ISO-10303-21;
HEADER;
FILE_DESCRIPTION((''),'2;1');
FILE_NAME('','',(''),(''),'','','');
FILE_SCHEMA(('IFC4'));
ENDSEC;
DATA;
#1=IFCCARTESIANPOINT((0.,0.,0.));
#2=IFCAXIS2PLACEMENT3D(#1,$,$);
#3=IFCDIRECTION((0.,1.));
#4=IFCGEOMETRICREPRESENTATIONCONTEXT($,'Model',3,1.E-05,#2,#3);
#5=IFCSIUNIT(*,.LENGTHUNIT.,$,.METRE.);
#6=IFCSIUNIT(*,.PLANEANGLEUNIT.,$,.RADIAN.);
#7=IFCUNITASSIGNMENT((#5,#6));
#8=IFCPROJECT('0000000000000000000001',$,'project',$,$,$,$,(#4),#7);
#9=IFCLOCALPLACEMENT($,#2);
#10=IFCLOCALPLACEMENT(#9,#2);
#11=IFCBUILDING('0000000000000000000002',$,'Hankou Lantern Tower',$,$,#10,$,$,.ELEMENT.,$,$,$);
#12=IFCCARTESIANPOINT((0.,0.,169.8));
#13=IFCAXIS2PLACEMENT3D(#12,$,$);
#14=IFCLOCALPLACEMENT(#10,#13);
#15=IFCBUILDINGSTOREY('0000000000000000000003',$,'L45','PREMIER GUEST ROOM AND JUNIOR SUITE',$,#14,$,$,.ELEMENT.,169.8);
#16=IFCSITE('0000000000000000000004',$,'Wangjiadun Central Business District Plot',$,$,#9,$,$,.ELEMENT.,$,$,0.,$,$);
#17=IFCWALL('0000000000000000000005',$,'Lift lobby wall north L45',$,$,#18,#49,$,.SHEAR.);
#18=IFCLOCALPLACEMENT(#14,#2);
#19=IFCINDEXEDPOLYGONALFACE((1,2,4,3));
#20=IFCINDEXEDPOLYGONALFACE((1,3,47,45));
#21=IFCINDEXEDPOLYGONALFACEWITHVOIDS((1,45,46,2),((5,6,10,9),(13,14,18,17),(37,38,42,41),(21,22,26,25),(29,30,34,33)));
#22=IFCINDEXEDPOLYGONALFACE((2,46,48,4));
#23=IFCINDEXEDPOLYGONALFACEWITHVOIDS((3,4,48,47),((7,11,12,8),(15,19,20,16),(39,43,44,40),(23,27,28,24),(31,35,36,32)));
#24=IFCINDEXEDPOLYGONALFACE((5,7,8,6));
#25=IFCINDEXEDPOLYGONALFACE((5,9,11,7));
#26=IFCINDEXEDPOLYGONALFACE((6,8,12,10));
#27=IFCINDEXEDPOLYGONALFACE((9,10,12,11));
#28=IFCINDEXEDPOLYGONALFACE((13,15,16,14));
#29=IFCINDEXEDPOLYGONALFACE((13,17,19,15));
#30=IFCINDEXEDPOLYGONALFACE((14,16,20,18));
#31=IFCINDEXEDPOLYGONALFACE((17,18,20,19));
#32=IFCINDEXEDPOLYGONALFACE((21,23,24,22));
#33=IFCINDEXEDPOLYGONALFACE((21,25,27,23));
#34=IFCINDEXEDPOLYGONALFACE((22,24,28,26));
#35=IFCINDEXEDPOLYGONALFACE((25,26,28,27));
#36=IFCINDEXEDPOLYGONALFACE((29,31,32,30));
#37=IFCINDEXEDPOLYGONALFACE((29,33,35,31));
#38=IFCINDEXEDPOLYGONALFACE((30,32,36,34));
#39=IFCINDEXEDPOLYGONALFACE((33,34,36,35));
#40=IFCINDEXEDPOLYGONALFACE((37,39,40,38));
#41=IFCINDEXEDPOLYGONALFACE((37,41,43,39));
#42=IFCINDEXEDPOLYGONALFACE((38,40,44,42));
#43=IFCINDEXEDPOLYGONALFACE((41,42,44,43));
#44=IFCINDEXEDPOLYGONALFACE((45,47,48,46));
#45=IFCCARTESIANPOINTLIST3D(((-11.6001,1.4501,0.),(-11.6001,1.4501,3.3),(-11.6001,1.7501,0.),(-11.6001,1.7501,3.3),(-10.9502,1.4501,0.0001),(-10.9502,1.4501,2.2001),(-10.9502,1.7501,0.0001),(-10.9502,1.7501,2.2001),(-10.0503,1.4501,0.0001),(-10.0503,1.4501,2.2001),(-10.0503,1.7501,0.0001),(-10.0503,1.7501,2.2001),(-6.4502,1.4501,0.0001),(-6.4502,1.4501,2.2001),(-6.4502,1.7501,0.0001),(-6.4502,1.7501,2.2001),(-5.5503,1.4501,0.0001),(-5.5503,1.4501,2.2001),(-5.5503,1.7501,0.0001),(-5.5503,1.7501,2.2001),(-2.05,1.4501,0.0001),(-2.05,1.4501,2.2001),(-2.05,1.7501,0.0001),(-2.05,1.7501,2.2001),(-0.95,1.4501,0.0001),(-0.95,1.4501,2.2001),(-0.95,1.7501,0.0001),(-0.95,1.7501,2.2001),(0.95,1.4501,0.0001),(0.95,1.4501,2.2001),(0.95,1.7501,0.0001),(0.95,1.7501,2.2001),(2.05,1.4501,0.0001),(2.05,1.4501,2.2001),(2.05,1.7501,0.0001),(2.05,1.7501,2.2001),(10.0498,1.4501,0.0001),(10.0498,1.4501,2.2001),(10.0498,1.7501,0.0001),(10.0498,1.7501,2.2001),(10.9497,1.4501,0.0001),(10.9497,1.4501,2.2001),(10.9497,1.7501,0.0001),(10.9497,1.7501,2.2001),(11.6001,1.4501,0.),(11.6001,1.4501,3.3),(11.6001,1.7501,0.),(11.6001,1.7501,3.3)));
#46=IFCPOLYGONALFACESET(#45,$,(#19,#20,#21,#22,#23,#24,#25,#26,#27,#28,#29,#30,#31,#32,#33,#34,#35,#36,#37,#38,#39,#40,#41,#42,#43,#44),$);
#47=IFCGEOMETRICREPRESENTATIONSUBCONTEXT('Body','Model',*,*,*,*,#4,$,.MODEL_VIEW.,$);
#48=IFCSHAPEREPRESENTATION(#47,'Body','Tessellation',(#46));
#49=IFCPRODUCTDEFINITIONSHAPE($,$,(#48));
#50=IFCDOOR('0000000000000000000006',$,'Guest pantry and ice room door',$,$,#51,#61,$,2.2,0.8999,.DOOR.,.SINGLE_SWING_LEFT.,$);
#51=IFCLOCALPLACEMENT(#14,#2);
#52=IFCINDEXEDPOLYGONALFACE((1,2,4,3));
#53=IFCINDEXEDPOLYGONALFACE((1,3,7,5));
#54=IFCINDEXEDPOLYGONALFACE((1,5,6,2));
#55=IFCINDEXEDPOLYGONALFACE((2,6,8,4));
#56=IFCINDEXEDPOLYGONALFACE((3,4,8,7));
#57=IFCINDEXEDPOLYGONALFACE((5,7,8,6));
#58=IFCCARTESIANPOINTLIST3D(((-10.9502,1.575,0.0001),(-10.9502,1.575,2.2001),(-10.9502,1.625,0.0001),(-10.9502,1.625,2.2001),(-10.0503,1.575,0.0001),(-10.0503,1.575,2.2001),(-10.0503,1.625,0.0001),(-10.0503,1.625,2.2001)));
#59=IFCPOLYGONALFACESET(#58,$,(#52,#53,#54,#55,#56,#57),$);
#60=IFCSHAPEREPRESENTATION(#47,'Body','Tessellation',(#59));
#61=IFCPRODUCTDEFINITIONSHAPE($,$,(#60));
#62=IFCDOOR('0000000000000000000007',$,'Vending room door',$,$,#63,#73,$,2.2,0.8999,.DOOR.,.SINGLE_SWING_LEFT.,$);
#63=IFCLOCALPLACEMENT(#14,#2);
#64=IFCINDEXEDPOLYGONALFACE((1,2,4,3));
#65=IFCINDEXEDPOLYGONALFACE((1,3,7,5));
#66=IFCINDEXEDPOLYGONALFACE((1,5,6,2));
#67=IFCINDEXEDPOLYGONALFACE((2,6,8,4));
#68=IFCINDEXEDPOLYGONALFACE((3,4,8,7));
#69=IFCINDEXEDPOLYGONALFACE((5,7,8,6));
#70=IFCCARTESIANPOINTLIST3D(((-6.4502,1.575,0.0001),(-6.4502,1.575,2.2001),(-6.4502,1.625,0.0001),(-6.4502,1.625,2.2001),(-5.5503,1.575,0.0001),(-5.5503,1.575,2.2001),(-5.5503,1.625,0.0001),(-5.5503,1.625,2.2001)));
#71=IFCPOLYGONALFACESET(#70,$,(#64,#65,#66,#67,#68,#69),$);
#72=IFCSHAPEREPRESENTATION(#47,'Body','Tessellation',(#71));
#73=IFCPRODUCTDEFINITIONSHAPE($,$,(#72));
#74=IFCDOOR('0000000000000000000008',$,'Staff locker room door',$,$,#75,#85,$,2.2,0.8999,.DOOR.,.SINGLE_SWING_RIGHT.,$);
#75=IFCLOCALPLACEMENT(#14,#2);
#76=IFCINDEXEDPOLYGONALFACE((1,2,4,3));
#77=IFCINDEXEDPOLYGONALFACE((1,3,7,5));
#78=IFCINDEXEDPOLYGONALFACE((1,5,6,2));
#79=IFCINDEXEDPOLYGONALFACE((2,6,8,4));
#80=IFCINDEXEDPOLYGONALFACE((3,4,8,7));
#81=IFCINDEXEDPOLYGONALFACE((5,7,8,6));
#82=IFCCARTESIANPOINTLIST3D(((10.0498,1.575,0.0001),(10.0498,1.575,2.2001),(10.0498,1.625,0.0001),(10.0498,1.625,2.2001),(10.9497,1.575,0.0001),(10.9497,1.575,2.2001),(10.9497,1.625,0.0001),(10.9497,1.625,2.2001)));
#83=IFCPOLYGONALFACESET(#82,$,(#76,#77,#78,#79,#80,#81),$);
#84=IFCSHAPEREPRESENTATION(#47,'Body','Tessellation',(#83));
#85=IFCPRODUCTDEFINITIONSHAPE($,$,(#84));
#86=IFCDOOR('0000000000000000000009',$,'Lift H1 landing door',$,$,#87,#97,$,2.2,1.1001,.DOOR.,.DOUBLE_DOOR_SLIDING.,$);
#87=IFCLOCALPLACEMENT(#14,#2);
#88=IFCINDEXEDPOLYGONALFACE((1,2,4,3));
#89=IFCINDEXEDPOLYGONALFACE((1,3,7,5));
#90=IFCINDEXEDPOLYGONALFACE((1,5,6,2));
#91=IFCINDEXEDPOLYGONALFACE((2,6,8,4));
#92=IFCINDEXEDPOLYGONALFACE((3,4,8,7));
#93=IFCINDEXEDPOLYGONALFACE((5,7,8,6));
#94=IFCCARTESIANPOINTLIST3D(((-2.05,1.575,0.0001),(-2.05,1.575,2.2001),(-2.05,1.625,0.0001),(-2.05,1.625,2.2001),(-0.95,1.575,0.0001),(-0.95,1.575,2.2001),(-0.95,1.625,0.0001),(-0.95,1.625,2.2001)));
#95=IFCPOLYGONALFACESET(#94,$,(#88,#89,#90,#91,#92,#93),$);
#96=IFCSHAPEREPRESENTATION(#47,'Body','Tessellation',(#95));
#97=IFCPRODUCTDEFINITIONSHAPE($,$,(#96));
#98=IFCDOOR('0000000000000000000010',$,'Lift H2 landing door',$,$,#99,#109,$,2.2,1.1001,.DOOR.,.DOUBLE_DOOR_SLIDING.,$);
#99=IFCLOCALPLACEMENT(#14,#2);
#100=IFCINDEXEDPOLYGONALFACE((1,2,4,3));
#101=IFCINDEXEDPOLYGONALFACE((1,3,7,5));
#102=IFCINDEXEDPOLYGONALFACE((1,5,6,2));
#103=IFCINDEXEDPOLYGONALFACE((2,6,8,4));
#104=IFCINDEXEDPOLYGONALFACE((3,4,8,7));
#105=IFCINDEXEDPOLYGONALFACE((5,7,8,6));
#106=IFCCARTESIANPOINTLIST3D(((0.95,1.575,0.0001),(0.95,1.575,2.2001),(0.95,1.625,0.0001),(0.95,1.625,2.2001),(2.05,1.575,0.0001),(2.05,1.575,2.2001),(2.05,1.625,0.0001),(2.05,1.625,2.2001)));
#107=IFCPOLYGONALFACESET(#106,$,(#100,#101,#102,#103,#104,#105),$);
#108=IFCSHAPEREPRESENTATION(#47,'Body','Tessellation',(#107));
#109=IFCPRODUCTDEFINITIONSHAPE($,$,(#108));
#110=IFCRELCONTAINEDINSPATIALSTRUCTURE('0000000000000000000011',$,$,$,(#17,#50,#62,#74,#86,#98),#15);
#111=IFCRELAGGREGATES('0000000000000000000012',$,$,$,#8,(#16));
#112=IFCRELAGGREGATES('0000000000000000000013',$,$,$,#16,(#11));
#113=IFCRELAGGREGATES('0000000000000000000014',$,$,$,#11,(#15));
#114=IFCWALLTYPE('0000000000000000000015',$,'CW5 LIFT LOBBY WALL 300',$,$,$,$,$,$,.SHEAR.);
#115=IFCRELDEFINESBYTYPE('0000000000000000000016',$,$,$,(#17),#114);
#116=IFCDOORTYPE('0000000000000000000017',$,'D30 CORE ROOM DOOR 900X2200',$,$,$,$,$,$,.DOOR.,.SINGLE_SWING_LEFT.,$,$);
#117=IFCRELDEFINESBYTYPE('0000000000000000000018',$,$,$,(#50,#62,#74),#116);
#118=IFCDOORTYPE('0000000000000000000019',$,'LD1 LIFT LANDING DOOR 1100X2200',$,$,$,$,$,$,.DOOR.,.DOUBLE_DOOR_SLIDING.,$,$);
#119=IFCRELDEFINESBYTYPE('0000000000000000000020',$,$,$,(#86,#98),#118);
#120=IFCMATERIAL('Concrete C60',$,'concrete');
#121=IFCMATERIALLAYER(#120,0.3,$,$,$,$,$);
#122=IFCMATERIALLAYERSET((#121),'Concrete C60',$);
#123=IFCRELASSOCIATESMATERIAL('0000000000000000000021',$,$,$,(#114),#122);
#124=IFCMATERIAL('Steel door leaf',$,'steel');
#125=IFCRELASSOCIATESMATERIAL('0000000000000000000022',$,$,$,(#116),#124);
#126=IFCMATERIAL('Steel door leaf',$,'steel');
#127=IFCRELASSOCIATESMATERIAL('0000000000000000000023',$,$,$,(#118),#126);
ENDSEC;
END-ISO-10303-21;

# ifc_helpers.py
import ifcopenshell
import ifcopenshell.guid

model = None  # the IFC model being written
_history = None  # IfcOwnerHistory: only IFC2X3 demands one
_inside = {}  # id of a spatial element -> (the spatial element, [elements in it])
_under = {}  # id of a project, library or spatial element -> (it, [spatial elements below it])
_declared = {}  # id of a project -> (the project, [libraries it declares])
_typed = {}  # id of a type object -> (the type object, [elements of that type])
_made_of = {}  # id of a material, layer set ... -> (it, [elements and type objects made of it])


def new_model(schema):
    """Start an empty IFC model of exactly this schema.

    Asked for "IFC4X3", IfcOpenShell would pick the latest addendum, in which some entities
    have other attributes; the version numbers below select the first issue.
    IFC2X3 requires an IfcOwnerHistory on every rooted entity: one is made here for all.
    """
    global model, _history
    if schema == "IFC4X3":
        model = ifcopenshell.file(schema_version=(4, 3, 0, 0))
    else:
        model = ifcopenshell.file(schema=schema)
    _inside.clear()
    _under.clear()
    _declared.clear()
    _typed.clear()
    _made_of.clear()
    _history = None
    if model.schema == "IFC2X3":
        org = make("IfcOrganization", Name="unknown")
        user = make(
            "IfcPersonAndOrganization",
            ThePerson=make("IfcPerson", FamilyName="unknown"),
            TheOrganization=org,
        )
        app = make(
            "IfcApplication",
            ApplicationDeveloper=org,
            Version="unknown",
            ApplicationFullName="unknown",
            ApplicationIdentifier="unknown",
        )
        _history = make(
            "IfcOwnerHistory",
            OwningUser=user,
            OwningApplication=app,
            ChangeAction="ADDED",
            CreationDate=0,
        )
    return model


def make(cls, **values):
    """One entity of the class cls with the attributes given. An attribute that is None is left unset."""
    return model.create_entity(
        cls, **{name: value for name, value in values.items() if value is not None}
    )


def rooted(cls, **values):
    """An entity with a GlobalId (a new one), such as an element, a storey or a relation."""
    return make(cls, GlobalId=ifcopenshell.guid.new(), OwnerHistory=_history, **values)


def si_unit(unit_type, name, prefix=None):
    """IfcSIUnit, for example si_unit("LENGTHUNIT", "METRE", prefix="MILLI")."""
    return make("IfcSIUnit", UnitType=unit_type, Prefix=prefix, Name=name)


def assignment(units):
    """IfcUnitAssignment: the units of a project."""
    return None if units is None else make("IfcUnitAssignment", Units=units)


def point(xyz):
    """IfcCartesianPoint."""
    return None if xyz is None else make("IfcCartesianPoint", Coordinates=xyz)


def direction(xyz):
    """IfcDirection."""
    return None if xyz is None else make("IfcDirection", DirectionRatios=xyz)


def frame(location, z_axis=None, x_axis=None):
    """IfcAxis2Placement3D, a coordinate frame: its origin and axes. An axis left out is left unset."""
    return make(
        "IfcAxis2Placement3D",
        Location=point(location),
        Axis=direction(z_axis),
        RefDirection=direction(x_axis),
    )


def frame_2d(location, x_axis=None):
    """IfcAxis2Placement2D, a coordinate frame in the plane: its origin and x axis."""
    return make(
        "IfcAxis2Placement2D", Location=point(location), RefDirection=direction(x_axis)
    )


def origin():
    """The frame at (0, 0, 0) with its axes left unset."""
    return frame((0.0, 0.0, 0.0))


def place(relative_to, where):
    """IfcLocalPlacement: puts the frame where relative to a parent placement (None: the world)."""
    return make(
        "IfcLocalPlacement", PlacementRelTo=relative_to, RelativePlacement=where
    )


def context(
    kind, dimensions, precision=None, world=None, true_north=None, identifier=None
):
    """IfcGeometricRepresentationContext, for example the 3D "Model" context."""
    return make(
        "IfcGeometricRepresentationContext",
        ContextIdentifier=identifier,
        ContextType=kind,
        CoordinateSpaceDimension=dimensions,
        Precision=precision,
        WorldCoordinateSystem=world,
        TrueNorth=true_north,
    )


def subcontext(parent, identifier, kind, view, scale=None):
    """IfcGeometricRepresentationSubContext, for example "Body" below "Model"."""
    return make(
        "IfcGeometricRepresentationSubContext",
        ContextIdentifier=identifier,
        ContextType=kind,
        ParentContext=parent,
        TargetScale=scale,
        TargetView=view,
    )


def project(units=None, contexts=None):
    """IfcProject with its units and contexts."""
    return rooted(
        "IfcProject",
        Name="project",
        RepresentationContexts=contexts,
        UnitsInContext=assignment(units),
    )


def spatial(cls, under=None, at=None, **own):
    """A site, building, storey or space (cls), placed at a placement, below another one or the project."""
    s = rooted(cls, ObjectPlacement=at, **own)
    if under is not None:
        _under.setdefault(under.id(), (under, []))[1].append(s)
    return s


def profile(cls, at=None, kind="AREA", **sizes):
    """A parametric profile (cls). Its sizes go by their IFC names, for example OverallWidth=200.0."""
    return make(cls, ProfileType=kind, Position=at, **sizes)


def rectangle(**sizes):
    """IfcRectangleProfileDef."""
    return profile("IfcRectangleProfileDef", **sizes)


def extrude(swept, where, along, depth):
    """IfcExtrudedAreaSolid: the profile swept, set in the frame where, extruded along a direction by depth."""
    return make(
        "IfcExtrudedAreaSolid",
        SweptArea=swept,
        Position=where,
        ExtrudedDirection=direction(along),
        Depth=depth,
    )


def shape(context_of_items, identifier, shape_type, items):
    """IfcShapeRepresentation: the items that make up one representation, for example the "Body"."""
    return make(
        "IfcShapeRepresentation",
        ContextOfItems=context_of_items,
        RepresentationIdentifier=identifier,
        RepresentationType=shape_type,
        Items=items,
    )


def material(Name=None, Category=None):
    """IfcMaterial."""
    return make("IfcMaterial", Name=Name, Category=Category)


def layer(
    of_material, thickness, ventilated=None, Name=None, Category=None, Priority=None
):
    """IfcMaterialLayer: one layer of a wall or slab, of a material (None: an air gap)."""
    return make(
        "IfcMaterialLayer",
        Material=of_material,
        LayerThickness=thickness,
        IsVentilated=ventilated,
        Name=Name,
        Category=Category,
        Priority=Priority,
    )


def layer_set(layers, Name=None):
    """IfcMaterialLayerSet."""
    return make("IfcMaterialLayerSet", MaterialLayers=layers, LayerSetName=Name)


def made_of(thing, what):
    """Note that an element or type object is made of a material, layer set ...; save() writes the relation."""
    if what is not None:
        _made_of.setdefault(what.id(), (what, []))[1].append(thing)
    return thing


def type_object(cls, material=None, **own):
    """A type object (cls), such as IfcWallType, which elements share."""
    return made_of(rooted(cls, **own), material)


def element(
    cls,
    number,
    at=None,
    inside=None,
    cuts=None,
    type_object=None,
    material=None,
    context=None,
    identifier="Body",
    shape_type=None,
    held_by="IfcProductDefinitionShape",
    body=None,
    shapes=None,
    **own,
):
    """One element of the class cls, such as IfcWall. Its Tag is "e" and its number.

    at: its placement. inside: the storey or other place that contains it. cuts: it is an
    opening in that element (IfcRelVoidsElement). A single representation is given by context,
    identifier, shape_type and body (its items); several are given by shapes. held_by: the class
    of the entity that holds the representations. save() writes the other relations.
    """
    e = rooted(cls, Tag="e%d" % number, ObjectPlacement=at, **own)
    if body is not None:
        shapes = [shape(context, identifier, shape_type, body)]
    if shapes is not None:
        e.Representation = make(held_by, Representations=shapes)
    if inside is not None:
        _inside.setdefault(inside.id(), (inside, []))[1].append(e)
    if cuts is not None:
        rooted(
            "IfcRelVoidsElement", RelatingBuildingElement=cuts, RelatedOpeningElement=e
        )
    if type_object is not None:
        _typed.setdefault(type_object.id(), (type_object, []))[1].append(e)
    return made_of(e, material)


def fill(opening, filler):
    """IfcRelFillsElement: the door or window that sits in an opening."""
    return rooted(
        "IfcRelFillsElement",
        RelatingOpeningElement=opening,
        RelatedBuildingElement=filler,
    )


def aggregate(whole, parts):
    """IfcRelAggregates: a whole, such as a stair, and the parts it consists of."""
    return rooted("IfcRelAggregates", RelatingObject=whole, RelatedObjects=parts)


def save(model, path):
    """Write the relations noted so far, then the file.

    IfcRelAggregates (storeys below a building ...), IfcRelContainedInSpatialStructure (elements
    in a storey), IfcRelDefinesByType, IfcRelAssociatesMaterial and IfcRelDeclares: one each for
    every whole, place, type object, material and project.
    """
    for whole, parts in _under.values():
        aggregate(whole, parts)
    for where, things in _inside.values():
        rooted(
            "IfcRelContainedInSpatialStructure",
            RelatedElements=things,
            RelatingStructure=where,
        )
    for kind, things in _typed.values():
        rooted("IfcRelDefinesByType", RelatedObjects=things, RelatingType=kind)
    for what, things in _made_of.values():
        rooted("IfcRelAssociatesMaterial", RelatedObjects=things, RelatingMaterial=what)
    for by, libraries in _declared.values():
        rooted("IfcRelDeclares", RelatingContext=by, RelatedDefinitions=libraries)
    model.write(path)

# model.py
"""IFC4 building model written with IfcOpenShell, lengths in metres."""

from ifc_helpers import new_model, si_unit, direction, frame, frame_2d, origin, place, context, subcontext, project, spatial, rectangle, extrude, material, layer, layer_set, type_object, element, fill, save


model = new_model("IFC4")

# Units and contexts
model_context = context("Model", 3, precision=1e-05, world=origin(), true_north=direction((0.0, 1.0)))
body_context = subcontext(model_context, "Body", "Model", "MODEL_VIEW")
ifc_project = project(units=[si_unit("LENGTHUNIT", "METRE"), si_unit("PLANEANGLEUNIT", "RADIAN")], contexts=[model_context])

# Site, building, storey
site_placement = place(None, origin())
site = spatial("IfcSite", under=ifc_project, at=site_placement, Name="Wangjiadun Central Business District Plot", CompositionType="ELEMENT", RefElevation=0.0)
building_placement = place(site_placement, origin())
building = spatial("IfcBuilding", under=site, at=building_placement, Name="Hankou Lantern Tower", CompositionType="ELEMENT")
storey_placement = place(building_placement, frame((0.0, 0.0, 169.8)))
storey = spatial("IfcBuildingStorey", under=building, at=storey_placement, Name="L45", Description="PREMIER GUEST ROOM AND JUNIOR SUITE", CompositionType="ELEMENT", Elevation=169.8)

# Wall, openings, doors
ifc_material_1 = material(Name="Concrete C60", Category="concrete")
ifc_layer_1 = layer(ifc_material_1, 0.3)
ifc_layer_set_1 = layer_set([ifc_layer_1], Name="Concrete C60")
wall_type_1 = type_object("IfcWallType", Name="CW5 LIFT LOBBY WALL 300", PredefinedType="SHEAR", material=ifc_layer_set_1)
wall_1_placement = place(storey_placement, frame((-11.6001, 1.6001, 0.0), z_axis=(0.0, 0.0, 1.0), x_axis=(1.0, 0.0, 0.0)))
wall_1 = element("IfcWall", 1, at=wall_1_placement, inside=storey, type_object=wall_type_1, Name="Lift lobby wall north L45", PredefinedType="SHEAR", context=body_context, shape_type="SweptSolid", body=[
    extrude(rectangle(XDim=23.2002, YDim=0.3, at=frame_2d((11.6001, 0.0))), origin(), (0.0, 0.0, 1.0), 3.3),
])
opening_1_placement = place(wall_1_placement, frame((9.55, 0.0, 0.0)))
opening_1 = element("IfcOpeningElement", 2, at=opening_1_placement, cuts=wall_1, PredefinedType="OPENING", context=body_context, shape_type="SweptSolid", body=[
    extrude(rectangle(XDim=1.1001, YDim=2.2, at=frame_2d((0.55, 1.1001))), frame((0.0, 0.1599, 0.0), z_axis=(0.0, -1.0, 0.0), x_axis=(1.0, 0.0, 0.0)), (0.0, 0.0, 1.0), 0.3201),
])
opening_2_placement = place(wall_1_placement, frame((12.55, 0.0, 0.0)))
opening_2 = element("IfcOpeningElement", 3, at=opening_2_placement, cuts=wall_1, PredefinedType="OPENING", context=body_context, shape_type="SweptSolid", body=[
    extrude(rectangle(XDim=1.1001, YDim=2.2, at=frame_2d((0.55, 1.1001))), frame((0.0, 0.1599, 0.0), z_axis=(0.0, -1.0, 0.0), x_axis=(1.0, 0.0, 0.0)), (0.0, 0.0, 1.0), 0.3201),
])
opening_3_placement = place(wall_1_placement, frame((0.6499, 0.0, 0.0)))
opening_3 = element("IfcOpeningElement", 4, at=opening_3_placement, cuts=wall_1, PredefinedType="OPENING", context=body_context, shape_type="SweptSolid", body=[
    extrude(rectangle(XDim=0.8999, YDim=2.2, at=frame_2d((0.45, 1.1001))), frame((0.0, 0.1599, 0.0), z_axis=(0.0, -1.0, 0.0), x_axis=(1.0, 0.0, 0.0)), (0.0, 0.0, 1.0), 0.3201),
])
opening_4_placement = place(wall_1_placement, frame((5.1499, 0.0, 0.0)))
opening_4 = element("IfcOpeningElement", 5, at=opening_4_placement, cuts=wall_1, PredefinedType="OPENING", context=body_context, shape_type="SweptSolid", body=[
    extrude(rectangle(XDim=0.8999, YDim=2.2, at=frame_2d((0.45, 1.1001))), frame((0.0, 0.1599, 0.0), z_axis=(0.0, -1.0, 0.0), x_axis=(1.0, 0.0, 0.0)), (0.0, 0.0, 1.0), 0.3201),
])
opening_5_placement = place(wall_1_placement, frame((21.6499, 0.0, 0.0)))
opening_5 = element("IfcOpeningElement", 6, at=opening_5_placement, cuts=wall_1, PredefinedType="OPENING", context=body_context, shape_type="SweptSolid", body=[
    extrude(rectangle(XDim=0.8999, YDim=2.2, at=frame_2d((0.45, 1.1001))), frame((0.0, 0.1599, 0.0), z_axis=(0.0, -1.0, 0.0), x_axis=(1.0, 0.0, 0.0)), (0.0, 0.0, 1.0), 0.3201),
])
ifc_material_2 = material(Name="Steel door leaf", Category="steel")
door_type_1 = type_object("IfcDoorType", Name="D30 CORE ROOM DOOR 900X2200", OperationType="SINGLE_SWING_LEFT", PredefinedType="DOOR", material=ifc_material_2)
door_1_placement = place(opening_3_placement, origin())
door_1 = element("IfcDoor", 7, at=door_1_placement, inside=storey, type_object=door_type_1, Name="Guest pantry and ice room door", OperationType="SINGLE_SWING_LEFT", OverallHeight=2.2, OverallWidth=0.8999, PredefinedType="DOOR", context=body_context, shape_type="SweptSolid", body=[
    extrude(rectangle(XDim=0.8999, YDim=2.2, at=frame_2d((0.45, 1.1001))), frame((0.0, 0.0249, 0.0), z_axis=(0.0, -1.0, 0.0), x_axis=(1.0, 0.0, 0.0)), (0.0, 0.0, 1.0), 0.05),
])
fill(opening_3, door_1)
door_2_placement = place(opening_4_placement, origin())
door_2 = element("IfcDoor", 8, at=door_2_placement, inside=storey, type_object=door_type_1, Name="Vending room door", OperationType="SINGLE_SWING_LEFT", OverallHeight=2.2, OverallWidth=0.8999, PredefinedType="DOOR", context=body_context, shape_type="SweptSolid", body=[
    extrude(rectangle(XDim=0.8999, YDim=2.2, at=frame_2d((0.45, 1.1001))), frame((0.0, 0.0249, 0.0), z_axis=(0.0, -1.0, 0.0), x_axis=(1.0, 0.0, 0.0)), (0.0, 0.0, 1.0), 0.05),
])
fill(opening_4, door_2)
door_3_placement = place(opening_5_placement, origin())
door_3 = element("IfcDoor", 9, at=door_3_placement, inside=storey, type_object=door_type_1, Name="Staff locker room door", OperationType="SINGLE_SWING_RIGHT", OverallHeight=2.2, OverallWidth=0.8999, PredefinedType="DOOR", context=body_context, shape_type="SweptSolid", body=[
    extrude(rectangle(XDim=0.8999, YDim=2.2, at=frame_2d((0.45, 1.1001))), frame((0.0, 0.0249, 0.0), z_axis=(0.0, -1.0, 0.0), x_axis=(1.0, 0.0, 0.0)), (0.0, 0.0, 1.0), 0.05),
])
fill(opening_5, door_3)
ifc_material_3 = material(Name="Steel door leaf", Category="steel")
door_type_2 = type_object("IfcDoorType", Name="LD1 LIFT LANDING DOOR 1100X2200", OperationType="DOUBLE_DOOR_SLIDING", PredefinedType="DOOR", material=ifc_material_3)
door_4_placement = place(opening_1_placement, origin())
door_4 = element("IfcDoor", 10, at=door_4_placement, inside=storey, type_object=door_type_2, Name="Lift H1 landing door", OperationType="DOUBLE_DOOR_SLIDING", OverallHeight=2.2, OverallWidth=1.1001, PredefinedType="DOOR", context=body_context, shape_type="SweptSolid", body=[
    extrude(rectangle(XDim=1.1001, YDim=2.2, at=frame_2d((0.55, 1.1001))), frame((0.0, 0.0249, 0.0), z_axis=(0.0, -1.0, 0.0), x_axis=(1.0, 0.0, 0.0)), (0.0, 0.0, 1.0), 0.05),
])
fill(opening_1, door_4)
door_5_placement = place(opening_2_placement, origin())
door_5 = element("IfcDoor", 11, at=door_5_placement, inside=storey, type_object=door_type_2, Name="Lift H2 landing door", OperationType="DOUBLE_DOOR_SLIDING", OverallHeight=2.2, OverallWidth=1.1001, PredefinedType="DOOR", context=body_context, shape_type="SweptSolid", body=[
    extrude(rectangle(XDim=1.1001, YDim=2.2, at=frame_2d((0.55, 1.1001))), frame((0.0, 0.0249, 0.0), z_axis=(0.0, -1.0, 0.0), x_axis=(1.0, 0.0, 0.0)), (0.0, 0.0, 1.0), 0.05),
])
fill(opening_2, door_5)

save(model, "model.ifc")
